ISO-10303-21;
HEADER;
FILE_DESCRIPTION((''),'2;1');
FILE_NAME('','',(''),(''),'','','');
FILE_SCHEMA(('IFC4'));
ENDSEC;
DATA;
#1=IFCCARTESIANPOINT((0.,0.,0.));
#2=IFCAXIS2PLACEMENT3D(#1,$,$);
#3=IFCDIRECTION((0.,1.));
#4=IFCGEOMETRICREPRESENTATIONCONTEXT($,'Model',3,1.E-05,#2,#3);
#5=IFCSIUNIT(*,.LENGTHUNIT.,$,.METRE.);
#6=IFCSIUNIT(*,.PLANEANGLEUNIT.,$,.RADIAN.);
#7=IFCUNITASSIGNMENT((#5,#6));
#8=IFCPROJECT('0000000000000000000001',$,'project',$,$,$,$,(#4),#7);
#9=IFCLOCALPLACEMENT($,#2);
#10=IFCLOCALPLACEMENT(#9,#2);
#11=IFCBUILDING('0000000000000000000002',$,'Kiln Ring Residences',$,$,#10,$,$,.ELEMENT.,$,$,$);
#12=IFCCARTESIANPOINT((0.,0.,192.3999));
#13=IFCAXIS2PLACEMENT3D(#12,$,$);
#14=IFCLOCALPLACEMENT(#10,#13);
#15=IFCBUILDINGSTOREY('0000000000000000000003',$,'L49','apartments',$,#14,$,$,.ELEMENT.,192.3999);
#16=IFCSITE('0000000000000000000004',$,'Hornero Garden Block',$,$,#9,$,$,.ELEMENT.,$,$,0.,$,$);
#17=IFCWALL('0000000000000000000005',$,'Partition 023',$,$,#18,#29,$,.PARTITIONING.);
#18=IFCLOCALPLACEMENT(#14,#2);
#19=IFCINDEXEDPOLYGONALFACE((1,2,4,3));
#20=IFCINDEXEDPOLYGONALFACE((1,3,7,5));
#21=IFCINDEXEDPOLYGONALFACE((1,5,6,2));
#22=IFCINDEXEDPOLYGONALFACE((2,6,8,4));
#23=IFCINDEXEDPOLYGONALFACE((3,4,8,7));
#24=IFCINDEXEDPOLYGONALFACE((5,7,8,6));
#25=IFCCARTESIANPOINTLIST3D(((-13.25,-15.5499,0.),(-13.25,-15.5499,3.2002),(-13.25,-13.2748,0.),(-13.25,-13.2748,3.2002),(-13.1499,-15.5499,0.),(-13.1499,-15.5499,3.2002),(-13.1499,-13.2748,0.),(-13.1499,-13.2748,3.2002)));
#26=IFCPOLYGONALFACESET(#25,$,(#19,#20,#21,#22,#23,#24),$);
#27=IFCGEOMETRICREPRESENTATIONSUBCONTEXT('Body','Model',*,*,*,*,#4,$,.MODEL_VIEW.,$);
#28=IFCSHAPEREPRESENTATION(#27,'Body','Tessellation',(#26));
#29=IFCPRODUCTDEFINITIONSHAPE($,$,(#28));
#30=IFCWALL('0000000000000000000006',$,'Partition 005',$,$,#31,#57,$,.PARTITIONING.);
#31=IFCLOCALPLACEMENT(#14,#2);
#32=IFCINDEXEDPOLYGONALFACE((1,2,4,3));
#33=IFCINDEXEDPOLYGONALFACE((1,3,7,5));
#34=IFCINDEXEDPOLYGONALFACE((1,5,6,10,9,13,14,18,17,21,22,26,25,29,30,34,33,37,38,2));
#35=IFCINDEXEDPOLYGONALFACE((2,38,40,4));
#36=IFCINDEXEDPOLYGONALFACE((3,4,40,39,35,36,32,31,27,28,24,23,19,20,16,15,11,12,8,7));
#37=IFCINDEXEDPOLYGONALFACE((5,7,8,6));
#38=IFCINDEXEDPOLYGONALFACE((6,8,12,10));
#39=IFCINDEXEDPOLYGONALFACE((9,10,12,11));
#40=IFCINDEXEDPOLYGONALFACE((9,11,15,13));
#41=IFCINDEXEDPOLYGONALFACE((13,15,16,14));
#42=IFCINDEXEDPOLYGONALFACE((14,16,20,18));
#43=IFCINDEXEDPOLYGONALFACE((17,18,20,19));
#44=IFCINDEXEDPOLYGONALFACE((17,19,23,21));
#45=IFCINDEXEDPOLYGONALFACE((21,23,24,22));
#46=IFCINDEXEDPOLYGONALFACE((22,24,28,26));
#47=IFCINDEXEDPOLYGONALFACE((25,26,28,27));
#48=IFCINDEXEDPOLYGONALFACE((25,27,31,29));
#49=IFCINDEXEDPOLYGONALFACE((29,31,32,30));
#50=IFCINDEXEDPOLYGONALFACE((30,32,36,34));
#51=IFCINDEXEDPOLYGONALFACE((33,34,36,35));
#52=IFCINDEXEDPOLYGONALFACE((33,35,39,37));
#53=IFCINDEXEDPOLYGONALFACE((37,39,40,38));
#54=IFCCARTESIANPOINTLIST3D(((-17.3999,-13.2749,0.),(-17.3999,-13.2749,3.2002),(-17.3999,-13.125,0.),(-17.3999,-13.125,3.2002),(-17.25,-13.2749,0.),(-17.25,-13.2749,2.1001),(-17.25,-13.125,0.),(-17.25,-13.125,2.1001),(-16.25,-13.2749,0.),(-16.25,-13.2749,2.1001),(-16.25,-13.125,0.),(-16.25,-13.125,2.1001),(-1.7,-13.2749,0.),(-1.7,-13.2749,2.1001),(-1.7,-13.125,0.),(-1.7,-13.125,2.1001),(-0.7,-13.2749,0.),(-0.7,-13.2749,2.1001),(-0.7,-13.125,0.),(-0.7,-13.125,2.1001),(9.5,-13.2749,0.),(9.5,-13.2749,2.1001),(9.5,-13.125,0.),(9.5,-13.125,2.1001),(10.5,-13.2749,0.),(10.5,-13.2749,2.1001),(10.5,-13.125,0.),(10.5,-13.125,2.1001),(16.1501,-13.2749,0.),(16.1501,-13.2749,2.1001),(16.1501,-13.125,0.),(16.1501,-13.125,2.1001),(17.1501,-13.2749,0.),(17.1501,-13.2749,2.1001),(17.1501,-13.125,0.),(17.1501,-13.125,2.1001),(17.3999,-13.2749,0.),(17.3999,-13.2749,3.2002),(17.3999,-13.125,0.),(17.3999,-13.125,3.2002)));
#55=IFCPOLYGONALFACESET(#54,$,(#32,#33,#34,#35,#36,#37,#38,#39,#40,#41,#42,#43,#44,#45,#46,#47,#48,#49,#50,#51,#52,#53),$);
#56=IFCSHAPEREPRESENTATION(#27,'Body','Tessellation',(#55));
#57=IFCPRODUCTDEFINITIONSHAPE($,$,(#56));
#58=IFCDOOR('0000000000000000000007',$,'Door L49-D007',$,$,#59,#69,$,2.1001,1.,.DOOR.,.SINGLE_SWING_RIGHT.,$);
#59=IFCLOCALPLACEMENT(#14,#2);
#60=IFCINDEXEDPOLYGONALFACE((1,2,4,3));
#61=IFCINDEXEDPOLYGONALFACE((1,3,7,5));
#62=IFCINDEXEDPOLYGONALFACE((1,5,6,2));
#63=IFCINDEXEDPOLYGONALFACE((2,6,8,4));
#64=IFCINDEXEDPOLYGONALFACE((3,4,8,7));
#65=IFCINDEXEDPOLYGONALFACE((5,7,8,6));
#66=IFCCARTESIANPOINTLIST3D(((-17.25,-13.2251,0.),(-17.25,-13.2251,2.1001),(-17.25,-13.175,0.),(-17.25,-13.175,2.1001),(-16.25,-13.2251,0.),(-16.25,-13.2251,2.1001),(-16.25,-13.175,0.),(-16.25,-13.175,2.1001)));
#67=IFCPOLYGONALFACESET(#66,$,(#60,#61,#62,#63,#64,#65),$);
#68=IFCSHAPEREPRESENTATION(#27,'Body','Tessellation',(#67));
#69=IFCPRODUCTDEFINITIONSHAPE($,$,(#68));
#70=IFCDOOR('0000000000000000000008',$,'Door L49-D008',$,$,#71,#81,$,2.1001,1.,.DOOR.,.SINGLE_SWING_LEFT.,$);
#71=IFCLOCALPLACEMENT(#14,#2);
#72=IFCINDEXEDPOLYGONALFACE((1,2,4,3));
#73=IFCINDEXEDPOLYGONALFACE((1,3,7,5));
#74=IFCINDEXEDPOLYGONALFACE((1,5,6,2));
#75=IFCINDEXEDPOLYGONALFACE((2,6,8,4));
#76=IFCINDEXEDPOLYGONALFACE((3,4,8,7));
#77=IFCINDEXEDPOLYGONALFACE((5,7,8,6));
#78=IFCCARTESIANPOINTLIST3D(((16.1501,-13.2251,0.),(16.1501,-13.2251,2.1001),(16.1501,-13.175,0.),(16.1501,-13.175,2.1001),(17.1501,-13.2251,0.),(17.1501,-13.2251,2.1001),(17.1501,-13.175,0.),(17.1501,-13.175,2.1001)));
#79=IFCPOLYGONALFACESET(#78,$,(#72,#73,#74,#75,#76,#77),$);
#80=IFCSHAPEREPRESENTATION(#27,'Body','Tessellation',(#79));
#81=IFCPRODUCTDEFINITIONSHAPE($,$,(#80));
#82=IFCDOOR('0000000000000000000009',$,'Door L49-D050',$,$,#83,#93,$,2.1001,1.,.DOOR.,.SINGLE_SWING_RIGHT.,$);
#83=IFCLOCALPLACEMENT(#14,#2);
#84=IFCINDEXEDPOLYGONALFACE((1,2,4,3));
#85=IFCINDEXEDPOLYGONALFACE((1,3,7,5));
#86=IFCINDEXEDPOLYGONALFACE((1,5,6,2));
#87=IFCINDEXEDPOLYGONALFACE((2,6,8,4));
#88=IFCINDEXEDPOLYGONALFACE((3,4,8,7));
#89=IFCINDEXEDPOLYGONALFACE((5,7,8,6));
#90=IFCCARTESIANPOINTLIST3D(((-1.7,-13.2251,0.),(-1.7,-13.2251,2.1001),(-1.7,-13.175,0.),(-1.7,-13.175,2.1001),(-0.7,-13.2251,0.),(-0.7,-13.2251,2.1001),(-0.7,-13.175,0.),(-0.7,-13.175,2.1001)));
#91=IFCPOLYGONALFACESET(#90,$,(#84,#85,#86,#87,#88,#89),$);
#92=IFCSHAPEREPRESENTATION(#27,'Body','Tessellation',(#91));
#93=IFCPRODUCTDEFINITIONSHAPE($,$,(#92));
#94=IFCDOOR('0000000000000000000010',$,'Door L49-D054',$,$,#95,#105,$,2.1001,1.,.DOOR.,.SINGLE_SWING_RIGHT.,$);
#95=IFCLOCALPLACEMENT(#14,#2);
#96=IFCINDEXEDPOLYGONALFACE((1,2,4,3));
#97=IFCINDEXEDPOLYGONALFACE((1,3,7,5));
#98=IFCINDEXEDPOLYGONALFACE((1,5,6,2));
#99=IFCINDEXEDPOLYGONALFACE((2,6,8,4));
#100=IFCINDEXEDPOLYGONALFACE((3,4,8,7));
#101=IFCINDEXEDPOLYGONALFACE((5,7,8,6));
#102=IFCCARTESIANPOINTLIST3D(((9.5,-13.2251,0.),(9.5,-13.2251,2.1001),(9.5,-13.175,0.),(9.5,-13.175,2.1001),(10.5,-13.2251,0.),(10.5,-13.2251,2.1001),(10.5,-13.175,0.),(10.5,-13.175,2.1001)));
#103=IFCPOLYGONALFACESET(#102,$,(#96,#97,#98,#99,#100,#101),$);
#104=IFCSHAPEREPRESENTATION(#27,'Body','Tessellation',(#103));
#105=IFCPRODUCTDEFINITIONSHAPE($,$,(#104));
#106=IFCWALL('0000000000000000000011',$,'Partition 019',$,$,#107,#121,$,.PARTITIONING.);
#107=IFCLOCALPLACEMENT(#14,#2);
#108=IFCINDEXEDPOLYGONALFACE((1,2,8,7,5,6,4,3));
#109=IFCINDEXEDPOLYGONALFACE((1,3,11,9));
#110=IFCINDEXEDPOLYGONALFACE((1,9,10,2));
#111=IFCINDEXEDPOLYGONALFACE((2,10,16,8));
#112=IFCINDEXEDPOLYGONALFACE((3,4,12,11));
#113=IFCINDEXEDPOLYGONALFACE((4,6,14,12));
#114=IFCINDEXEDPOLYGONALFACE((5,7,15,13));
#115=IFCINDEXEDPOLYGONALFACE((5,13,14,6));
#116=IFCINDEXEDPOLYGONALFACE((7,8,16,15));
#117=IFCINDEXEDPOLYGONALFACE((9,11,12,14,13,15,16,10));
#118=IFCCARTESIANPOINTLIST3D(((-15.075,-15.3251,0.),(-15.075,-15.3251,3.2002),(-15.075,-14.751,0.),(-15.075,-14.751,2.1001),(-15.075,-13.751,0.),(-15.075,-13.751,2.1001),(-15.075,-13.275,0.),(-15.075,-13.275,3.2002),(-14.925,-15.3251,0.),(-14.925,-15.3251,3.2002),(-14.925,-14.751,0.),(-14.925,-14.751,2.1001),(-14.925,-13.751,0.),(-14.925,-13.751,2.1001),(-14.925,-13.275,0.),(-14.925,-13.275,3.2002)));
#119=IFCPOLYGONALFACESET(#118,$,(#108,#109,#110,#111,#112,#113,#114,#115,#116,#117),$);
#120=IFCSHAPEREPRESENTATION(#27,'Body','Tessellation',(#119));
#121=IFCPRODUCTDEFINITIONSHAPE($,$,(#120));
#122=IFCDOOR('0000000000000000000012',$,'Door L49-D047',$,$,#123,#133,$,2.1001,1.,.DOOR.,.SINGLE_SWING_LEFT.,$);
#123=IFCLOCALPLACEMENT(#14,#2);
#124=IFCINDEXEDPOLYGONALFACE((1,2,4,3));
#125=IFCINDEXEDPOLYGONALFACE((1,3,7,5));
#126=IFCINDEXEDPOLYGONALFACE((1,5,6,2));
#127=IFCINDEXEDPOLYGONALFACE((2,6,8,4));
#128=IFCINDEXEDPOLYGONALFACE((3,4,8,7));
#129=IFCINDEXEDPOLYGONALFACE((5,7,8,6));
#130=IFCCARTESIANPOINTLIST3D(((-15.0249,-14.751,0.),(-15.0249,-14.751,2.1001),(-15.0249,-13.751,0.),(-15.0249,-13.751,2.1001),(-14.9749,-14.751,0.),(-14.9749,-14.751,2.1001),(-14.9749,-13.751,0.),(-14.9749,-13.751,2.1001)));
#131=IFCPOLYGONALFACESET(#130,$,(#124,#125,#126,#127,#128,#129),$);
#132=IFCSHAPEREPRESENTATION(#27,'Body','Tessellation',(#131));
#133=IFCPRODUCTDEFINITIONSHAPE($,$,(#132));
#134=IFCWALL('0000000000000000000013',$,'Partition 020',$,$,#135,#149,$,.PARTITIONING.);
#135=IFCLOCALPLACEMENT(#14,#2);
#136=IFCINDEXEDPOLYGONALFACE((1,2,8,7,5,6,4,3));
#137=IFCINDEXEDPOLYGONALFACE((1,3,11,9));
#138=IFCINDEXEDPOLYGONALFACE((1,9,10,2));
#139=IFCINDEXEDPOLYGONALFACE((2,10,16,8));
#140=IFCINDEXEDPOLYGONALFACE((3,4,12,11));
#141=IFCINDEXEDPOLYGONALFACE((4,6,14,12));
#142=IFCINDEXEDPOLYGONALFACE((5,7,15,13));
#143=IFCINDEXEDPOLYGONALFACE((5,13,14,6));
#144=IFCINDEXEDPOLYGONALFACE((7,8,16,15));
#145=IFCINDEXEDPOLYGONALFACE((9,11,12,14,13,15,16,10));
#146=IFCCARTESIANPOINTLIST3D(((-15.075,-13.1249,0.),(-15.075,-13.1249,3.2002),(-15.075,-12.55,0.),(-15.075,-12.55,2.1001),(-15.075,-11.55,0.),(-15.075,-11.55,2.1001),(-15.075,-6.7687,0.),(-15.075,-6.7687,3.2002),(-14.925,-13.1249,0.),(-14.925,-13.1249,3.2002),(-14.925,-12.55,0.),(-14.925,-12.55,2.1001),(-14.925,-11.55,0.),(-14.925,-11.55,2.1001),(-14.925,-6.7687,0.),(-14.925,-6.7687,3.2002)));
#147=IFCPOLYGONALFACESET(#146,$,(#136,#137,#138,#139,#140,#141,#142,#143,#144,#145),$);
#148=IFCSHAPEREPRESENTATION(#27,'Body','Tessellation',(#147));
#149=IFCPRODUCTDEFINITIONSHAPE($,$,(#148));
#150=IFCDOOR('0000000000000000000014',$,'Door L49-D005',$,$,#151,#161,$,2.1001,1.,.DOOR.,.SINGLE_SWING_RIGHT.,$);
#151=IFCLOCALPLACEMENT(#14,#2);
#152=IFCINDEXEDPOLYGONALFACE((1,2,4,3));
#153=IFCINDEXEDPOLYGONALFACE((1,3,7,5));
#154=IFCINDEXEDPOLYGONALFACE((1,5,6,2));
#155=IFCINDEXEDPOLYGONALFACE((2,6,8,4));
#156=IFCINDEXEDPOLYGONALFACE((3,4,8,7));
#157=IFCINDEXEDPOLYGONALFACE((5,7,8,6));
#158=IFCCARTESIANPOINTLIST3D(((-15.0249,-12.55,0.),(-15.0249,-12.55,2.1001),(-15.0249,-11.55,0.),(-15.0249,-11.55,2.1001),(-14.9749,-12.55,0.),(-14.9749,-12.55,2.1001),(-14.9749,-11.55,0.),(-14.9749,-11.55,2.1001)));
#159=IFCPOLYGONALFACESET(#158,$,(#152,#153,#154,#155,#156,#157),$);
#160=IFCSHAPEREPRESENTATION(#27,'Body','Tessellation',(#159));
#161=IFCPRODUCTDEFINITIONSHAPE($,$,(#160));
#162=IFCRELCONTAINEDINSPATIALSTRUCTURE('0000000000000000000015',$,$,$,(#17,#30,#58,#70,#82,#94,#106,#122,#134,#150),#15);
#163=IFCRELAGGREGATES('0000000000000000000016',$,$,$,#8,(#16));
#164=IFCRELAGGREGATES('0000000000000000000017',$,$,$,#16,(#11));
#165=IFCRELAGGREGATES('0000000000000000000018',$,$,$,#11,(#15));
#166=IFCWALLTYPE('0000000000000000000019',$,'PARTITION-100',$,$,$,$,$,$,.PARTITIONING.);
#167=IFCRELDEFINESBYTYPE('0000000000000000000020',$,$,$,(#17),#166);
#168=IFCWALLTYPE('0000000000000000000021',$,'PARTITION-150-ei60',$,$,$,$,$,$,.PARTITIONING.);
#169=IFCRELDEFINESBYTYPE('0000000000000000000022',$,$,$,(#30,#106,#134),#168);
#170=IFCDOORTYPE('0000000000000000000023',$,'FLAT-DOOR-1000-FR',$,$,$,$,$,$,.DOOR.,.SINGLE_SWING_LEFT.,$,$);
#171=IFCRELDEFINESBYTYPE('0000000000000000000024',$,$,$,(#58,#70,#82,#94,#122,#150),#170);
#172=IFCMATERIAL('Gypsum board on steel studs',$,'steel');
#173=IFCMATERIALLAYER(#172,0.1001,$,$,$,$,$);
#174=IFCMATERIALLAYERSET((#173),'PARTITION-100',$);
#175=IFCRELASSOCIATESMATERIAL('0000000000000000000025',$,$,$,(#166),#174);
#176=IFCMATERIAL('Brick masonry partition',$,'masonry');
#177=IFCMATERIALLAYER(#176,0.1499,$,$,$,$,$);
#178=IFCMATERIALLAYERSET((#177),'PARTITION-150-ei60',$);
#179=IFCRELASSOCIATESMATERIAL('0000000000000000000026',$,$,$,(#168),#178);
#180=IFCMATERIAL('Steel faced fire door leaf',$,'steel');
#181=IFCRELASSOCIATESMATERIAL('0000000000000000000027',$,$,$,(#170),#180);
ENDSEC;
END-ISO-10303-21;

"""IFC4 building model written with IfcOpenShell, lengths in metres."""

from ifc_helpers import new_model, si_unit, direction, frame, frame_2d, origin, place, context, subcontext, project, spatial, rectangle, extrude, material, layer, layer_set, type_object, element, fill, save


model = new_model("IFC4")

# Units and contexts
model_context = context("Model", 3, precision=1e-05, world=origin(), true_north=direction((0.0, 1.0)))
body_context = subcontext(model_context, "Body", "Model", "MODEL_VIEW")
ifc_project = project(units=[si_unit("LENGTHUNIT", "METRE"), si_unit("PLANEANGLEUNIT", "RADIAN")], contexts=[model_context])

# Site, building, storey
site_placement = place(None, origin())
site = spatial("IfcSite", under=ifc_project, at=site_placement, Name="Hornero Garden Block", CompositionType="ELEMENT", RefElevation=0.0)
building_placement = place(site_placement, origin())
building = spatial("IfcBuilding", under=site, at=building_placement, Name="Kiln Ring Residences", CompositionType="ELEMENT")
storey_placement = place(building_placement, frame((0.0, 0.0, 192.3999)))
storey = spatial("IfcBuildingStorey", under=building, at=storey_placement, Name="L49", Description="apartments", CompositionType="ELEMENT", Elevation=192.3999)

# Shared definitions
ifc_material_1 = material(Name="Gypsum board on steel studs", Category="steel")
ifc_layer_1 = layer(ifc_material_1, 0.1001)
ifc_layer_set_1 = layer_set([ifc_layer_1], Name="PARTITION-100")
wall_type_1 = type_object("IfcWallType", Name="PARTITION-100", PredefinedType="PARTITIONING", material=ifc_layer_set_1)

# Wall
wall_1_placement = place(storey_placement, frame((-13.2, -15.55, 0.0), z_axis=(0.0, 0.0, 1.0), x_axis=(0.0, 1.0, 0.0)))
element("IfcWall", 1, at=wall_1_placement, inside=storey, type_object=wall_type_1, Name="Partition 023", PredefinedType="PARTITIONING", context=body_context, shape_type="SweptSolid", body=[
    extrude(rectangle(XDim=2.2751, YDim=0.1001, at=frame_2d((1.1377, 0.0))), origin(), (0.0, 0.0, 1.0), 3.2002),
])

# Wall, openings, doors
ifc_material_2 = material(Name="Brick masonry partition", Category="masonry")
ifc_layer_2 = layer(ifc_material_2, 0.1499)
ifc_layer_set_2 = layer_set([ifc_layer_2], Name="PARTITION-150-ei60")
wall_type_2 = type_object("IfcWallType", Name="PARTITION-150-ei60", PredefinedType="PARTITIONING", material=ifc_layer_set_2)
wall_2_placement = place(storey_placement, frame((-17.3999, -13.2, 0.0), z_axis=(0.0, 0.0, 1.0), x_axis=(1.0, 0.0, 0.0)))
wall_2 = element("IfcWall", 2, at=wall_2_placement, inside=storey, type_object=wall_type_2, Name="Partition 005", PredefinedType="PARTITIONING", context=body_context, shape_type="SweptSolid", body=[
    extrude(rectangle(XDim=34.7998, YDim=0.1499, at=frame_2d((17.3999, 0.0))), origin(), (0.0, 0.0, 1.0), 3.2002),
])
opening_1_placement = place(wall_2_placement, frame((0.1499, 0.0, 0.0)))
opening_1 = element("IfcOpeningElement", 3, at=opening_1_placement, cuts=wall_2, PredefinedType="OPENING", context=body_context, shape_type="SweptSolid", body=[
    extrude(rectangle(XDim=1.0, YDim=2.1001, at=frame_2d((0.5, 1.05))), frame((0.0, 0.085, 0.0), z_axis=(0.0, -1.0, 0.0), x_axis=(1.0, 0.0, 0.0)), (0.0, 0.0, 1.0), 0.1699),
])
opening_2_placement = place(wall_2_placement, frame((33.55, 0.0, 0.0)))
opening_2 = element("IfcOpeningElement", 4, at=opening_2_placement, cuts=wall_2, PredefinedType="OPENING", context=body_context, shape_type="SweptSolid", body=[
    extrude(rectangle(XDim=1.0, YDim=2.1001, at=frame_2d((0.5, 1.05))), frame((0.0, 0.085, 0.0), z_axis=(0.0, -1.0, 0.0), x_axis=(1.0, 0.0, 0.0)), (0.0, 0.0, 1.0), 0.1699),
])
opening_3_placement = place(wall_2_placement, frame((15.7, 0.0, 0.0)))
opening_3 = element("IfcOpeningElement", 5, at=opening_3_placement, cuts=wall_2, PredefinedType="OPENING", context=body_context, shape_type="SweptSolid", body=[
    extrude(rectangle(XDim=1.0, YDim=2.1001, at=frame_2d((0.5, 1.05))), frame((0.0, 0.085, 0.0), z_axis=(0.0, -1.0, 0.0), x_axis=(1.0, 0.0, 0.0)), (0.0, 0.0, 1.0), 0.1699),
])
opening_4_placement = place(wall_2_placement, frame((26.8999, 0.0, 0.0)))
opening_4 = element("IfcOpeningElement", 6, at=opening_4_placement, cuts=wall_2, PredefinedType="OPENING", context=body_context, shape_type="SweptSolid", body=[
    extrude(rectangle(XDim=1.0, YDim=2.1001, at=frame_2d((0.5, 1.05))), frame((0.0, 0.085, 0.0), z_axis=(0.0, -1.0, 0.0), x_axis=(1.0, 0.0, 0.0)), (0.0, 0.0, 1.0), 0.1699),
])
ifc_material_3 = material(Name="Steel faced fire door leaf", Category="steel")
door_type_1 = type_object("IfcDoorType", Name="FLAT-DOOR-1000-FR", OperationType="SINGLE_SWING_LEFT", PredefinedType="DOOR", material=ifc_material_3)
door_1_placement = place(opening_1_placement, origin())
door_1 = element("IfcDoor", 7, at=door_1_placement, inside=storey, type_object=door_type_1, Name="Door L49-D007", OperationType="SINGLE_SWING_RIGHT", OverallHeight=2.1001, OverallWidth=1.0, PredefinedType="DOOR", context=body_context, shape_type="SweptSolid", body=[
    extrude(rectangle(XDim=1.0, YDim=2.1001, at=frame_2d((0.5, 1.05))), frame((0.0, 0.0249, 0.0), z_axis=(0.0, -1.0, 0.0), x_axis=(1.0, 0.0, 0.0)), (0.0, 0.0, 1.0), 0.05),
])
fill(opening_1, door_1)
door_2_placement = place(opening_2_placement, origin())
door_2 = element("IfcDoor", 8, at=door_2_placement, inside=storey, type_object=door_type_1, Name="Door L49-D008", OperationType="SINGLE_SWING_LEFT", OverallHeight=2.1001, OverallWidth=1.0, PredefinedType="DOOR", context=body_context, shape_type="SweptSolid", body=[
    extrude(rectangle(XDim=1.0, YDim=2.1001, at=frame_2d((0.5, 1.05))), frame((0.0, 0.0249, 0.0), z_axis=(0.0, -1.0, 0.0), x_axis=(1.0, 0.0, 0.0)), (0.0, 0.0, 1.0), 0.05),
])
fill(opening_2, door_2)
door_3_placement = place(opening_3_placement, origin())
door_3 = element("IfcDoor", 9, at=door_3_placement, inside=storey, type_object=door_type_1, Name="Door L49-D050", OperationType="SINGLE_SWING_RIGHT", OverallHeight=2.1001, OverallWidth=1.0, PredefinedType="DOOR", context=body_context, shape_type="SweptSolid", body=[
    extrude(rectangle(XDim=1.0, YDim=2.1001, at=frame_2d((0.5, 1.05))), frame((0.0, 0.0249, 0.0), z_axis=(0.0, -1.0, 0.0), x_axis=(1.0, 0.0, 0.0)), (0.0, 0.0, 1.0), 0.05),
])
fill(opening_3, door_3)
door_4_placement = place(opening_4_placement, origin())
door_4 = element("IfcDoor", 10, at=door_4_placement, inside=storey, type_object=door_type_1, Name="Door L49-D054", OperationType="SINGLE_SWING_RIGHT", OverallHeight=2.1001, OverallWidth=1.0, PredefinedType="DOOR", context=body_context, shape_type="SweptSolid", body=[
    extrude(rectangle(XDim=1.0, YDim=2.1001, at=frame_2d((0.5, 1.05))), frame((0.0, 0.0249, 0.0), z_axis=(0.0, -1.0, 0.0), x_axis=(1.0, 0.0, 0.0)), (0.0, 0.0, 1.0), 0.05),
])
fill(opening_4, door_4)

# Walls, openings, doors
wall_3_placement = place(storey_placement, frame((-15.0, -15.325, 0.0), z_axis=(0.0, 0.0, 1.0), x_axis=(0.0, 1.0, 0.0)))
wall_3 = element("IfcWall", 11, at=wall_3_placement, inside=storey, type_object=wall_type_2, Name="Partition 019", PredefinedType="PARTITIONING", context=body_context, shape_type="SweptSolid", body=[
    extrude(rectangle(XDim=2.05, YDim=0.1499, at=frame_2d((1.0249, 0.0))), origin(), (0.0, 0.0, 1.0), 3.2002),
])
opening_5_placement = place(wall_3_placement, frame((0.574, 0.0, 0.0)))
opening_5 = element("IfcOpeningElement", 12, at=opening_5_placement, cuts=wall_3, PredefinedType="OPENING", context=body_context, shape_type="SweptSolid", body=[
    extrude(rectangle(XDim=1.0, YDim=2.1001, at=frame_2d((0.5, 1.05))), frame((0.0, 0.085, 0.0), z_axis=(0.0, -1.0, 0.0), x_axis=(1.0, 0.0, 0.0)), (0.0, 0.0, 1.0), 0.1699),
])
door_5_placement = place(opening_5_placement, origin())
door_5 = element("IfcDoor", 13, at=door_5_placement, inside=storey, type_object=door_type_1, Name="Door L49-D047", OperationType="SINGLE_SWING_LEFT", OverallHeight=2.1001, OverallWidth=1.0, PredefinedType="DOOR", context=body_context, shape_type="SweptSolid", body=[
    extrude(rectangle(XDim=1.0, YDim=2.1001, at=frame_2d((0.5, 1.05))), frame((0.0, 0.0249, 0.0), z_axis=(0.0, -1.0, 0.0), x_axis=(1.0, 0.0, 0.0)), (0.0, 0.0, 1.0), 0.05),
])
fill(opening_5, door_5)
wall_4_placement = place(storey_placement, frame((-15.0, -13.125, 0.0), z_axis=(0.0, 0.0, 1.0), x_axis=(0.0, 1.0, 0.0)))
wall_4 = element("IfcWall", 14, at=wall_4_placement, inside=storey, type_object=wall_type_2, Name="Partition 020", PredefinedType="PARTITIONING", context=body_context, shape_type="SweptSolid", body=[
    extrude(rectangle(XDim=6.3562, YDim=0.1499, at=frame_2d((3.1782, 0.0))), origin(), (0.0, 0.0, 1.0), 3.2002),
])
opening_6_placement = place(wall_4_placement, frame((0.575, 0.0, 0.0)))
opening_6 = element("IfcOpeningElement", 15, at=opening_6_placement, cuts=wall_4, PredefinedType="OPENING", context=body_context, shape_type="SweptSolid", body=[
    extrude(rectangle(XDim=1.0, YDim=2.1001, at=frame_2d((0.5, 1.05))), frame((0.0, 0.085, 0.0), z_axis=(0.0, -1.0, 0.0), x_axis=(1.0, 0.0, 0.0)), (0.0, 0.0, 1.0), 0.1699),
])
door_6_placement = place(opening_6_placement, origin())
door_6 = element("IfcDoor", 16, at=door_6_placement, inside=storey, type_object=door_type_1, Name="Door L49-D005", OperationType="SINGLE_SWING_RIGHT", OverallHeight=2.1001, OverallWidth=1.0, PredefinedType="DOOR", context=body_context, shape_type="SweptSolid", body=[
    extrude(rectangle(XDim=1.0, YDim=2.1001, at=frame_2d((0.5, 1.05))), frame((0.0, 0.0249, 0.0), z_axis=(0.0, -1.0, 0.0), x_axis=(1.0, 0.0, 0.0)), (0.0, 0.0, 1.0), 0.05),
])
fill(opening_6, door_6)

save(model, "model.ifc")
